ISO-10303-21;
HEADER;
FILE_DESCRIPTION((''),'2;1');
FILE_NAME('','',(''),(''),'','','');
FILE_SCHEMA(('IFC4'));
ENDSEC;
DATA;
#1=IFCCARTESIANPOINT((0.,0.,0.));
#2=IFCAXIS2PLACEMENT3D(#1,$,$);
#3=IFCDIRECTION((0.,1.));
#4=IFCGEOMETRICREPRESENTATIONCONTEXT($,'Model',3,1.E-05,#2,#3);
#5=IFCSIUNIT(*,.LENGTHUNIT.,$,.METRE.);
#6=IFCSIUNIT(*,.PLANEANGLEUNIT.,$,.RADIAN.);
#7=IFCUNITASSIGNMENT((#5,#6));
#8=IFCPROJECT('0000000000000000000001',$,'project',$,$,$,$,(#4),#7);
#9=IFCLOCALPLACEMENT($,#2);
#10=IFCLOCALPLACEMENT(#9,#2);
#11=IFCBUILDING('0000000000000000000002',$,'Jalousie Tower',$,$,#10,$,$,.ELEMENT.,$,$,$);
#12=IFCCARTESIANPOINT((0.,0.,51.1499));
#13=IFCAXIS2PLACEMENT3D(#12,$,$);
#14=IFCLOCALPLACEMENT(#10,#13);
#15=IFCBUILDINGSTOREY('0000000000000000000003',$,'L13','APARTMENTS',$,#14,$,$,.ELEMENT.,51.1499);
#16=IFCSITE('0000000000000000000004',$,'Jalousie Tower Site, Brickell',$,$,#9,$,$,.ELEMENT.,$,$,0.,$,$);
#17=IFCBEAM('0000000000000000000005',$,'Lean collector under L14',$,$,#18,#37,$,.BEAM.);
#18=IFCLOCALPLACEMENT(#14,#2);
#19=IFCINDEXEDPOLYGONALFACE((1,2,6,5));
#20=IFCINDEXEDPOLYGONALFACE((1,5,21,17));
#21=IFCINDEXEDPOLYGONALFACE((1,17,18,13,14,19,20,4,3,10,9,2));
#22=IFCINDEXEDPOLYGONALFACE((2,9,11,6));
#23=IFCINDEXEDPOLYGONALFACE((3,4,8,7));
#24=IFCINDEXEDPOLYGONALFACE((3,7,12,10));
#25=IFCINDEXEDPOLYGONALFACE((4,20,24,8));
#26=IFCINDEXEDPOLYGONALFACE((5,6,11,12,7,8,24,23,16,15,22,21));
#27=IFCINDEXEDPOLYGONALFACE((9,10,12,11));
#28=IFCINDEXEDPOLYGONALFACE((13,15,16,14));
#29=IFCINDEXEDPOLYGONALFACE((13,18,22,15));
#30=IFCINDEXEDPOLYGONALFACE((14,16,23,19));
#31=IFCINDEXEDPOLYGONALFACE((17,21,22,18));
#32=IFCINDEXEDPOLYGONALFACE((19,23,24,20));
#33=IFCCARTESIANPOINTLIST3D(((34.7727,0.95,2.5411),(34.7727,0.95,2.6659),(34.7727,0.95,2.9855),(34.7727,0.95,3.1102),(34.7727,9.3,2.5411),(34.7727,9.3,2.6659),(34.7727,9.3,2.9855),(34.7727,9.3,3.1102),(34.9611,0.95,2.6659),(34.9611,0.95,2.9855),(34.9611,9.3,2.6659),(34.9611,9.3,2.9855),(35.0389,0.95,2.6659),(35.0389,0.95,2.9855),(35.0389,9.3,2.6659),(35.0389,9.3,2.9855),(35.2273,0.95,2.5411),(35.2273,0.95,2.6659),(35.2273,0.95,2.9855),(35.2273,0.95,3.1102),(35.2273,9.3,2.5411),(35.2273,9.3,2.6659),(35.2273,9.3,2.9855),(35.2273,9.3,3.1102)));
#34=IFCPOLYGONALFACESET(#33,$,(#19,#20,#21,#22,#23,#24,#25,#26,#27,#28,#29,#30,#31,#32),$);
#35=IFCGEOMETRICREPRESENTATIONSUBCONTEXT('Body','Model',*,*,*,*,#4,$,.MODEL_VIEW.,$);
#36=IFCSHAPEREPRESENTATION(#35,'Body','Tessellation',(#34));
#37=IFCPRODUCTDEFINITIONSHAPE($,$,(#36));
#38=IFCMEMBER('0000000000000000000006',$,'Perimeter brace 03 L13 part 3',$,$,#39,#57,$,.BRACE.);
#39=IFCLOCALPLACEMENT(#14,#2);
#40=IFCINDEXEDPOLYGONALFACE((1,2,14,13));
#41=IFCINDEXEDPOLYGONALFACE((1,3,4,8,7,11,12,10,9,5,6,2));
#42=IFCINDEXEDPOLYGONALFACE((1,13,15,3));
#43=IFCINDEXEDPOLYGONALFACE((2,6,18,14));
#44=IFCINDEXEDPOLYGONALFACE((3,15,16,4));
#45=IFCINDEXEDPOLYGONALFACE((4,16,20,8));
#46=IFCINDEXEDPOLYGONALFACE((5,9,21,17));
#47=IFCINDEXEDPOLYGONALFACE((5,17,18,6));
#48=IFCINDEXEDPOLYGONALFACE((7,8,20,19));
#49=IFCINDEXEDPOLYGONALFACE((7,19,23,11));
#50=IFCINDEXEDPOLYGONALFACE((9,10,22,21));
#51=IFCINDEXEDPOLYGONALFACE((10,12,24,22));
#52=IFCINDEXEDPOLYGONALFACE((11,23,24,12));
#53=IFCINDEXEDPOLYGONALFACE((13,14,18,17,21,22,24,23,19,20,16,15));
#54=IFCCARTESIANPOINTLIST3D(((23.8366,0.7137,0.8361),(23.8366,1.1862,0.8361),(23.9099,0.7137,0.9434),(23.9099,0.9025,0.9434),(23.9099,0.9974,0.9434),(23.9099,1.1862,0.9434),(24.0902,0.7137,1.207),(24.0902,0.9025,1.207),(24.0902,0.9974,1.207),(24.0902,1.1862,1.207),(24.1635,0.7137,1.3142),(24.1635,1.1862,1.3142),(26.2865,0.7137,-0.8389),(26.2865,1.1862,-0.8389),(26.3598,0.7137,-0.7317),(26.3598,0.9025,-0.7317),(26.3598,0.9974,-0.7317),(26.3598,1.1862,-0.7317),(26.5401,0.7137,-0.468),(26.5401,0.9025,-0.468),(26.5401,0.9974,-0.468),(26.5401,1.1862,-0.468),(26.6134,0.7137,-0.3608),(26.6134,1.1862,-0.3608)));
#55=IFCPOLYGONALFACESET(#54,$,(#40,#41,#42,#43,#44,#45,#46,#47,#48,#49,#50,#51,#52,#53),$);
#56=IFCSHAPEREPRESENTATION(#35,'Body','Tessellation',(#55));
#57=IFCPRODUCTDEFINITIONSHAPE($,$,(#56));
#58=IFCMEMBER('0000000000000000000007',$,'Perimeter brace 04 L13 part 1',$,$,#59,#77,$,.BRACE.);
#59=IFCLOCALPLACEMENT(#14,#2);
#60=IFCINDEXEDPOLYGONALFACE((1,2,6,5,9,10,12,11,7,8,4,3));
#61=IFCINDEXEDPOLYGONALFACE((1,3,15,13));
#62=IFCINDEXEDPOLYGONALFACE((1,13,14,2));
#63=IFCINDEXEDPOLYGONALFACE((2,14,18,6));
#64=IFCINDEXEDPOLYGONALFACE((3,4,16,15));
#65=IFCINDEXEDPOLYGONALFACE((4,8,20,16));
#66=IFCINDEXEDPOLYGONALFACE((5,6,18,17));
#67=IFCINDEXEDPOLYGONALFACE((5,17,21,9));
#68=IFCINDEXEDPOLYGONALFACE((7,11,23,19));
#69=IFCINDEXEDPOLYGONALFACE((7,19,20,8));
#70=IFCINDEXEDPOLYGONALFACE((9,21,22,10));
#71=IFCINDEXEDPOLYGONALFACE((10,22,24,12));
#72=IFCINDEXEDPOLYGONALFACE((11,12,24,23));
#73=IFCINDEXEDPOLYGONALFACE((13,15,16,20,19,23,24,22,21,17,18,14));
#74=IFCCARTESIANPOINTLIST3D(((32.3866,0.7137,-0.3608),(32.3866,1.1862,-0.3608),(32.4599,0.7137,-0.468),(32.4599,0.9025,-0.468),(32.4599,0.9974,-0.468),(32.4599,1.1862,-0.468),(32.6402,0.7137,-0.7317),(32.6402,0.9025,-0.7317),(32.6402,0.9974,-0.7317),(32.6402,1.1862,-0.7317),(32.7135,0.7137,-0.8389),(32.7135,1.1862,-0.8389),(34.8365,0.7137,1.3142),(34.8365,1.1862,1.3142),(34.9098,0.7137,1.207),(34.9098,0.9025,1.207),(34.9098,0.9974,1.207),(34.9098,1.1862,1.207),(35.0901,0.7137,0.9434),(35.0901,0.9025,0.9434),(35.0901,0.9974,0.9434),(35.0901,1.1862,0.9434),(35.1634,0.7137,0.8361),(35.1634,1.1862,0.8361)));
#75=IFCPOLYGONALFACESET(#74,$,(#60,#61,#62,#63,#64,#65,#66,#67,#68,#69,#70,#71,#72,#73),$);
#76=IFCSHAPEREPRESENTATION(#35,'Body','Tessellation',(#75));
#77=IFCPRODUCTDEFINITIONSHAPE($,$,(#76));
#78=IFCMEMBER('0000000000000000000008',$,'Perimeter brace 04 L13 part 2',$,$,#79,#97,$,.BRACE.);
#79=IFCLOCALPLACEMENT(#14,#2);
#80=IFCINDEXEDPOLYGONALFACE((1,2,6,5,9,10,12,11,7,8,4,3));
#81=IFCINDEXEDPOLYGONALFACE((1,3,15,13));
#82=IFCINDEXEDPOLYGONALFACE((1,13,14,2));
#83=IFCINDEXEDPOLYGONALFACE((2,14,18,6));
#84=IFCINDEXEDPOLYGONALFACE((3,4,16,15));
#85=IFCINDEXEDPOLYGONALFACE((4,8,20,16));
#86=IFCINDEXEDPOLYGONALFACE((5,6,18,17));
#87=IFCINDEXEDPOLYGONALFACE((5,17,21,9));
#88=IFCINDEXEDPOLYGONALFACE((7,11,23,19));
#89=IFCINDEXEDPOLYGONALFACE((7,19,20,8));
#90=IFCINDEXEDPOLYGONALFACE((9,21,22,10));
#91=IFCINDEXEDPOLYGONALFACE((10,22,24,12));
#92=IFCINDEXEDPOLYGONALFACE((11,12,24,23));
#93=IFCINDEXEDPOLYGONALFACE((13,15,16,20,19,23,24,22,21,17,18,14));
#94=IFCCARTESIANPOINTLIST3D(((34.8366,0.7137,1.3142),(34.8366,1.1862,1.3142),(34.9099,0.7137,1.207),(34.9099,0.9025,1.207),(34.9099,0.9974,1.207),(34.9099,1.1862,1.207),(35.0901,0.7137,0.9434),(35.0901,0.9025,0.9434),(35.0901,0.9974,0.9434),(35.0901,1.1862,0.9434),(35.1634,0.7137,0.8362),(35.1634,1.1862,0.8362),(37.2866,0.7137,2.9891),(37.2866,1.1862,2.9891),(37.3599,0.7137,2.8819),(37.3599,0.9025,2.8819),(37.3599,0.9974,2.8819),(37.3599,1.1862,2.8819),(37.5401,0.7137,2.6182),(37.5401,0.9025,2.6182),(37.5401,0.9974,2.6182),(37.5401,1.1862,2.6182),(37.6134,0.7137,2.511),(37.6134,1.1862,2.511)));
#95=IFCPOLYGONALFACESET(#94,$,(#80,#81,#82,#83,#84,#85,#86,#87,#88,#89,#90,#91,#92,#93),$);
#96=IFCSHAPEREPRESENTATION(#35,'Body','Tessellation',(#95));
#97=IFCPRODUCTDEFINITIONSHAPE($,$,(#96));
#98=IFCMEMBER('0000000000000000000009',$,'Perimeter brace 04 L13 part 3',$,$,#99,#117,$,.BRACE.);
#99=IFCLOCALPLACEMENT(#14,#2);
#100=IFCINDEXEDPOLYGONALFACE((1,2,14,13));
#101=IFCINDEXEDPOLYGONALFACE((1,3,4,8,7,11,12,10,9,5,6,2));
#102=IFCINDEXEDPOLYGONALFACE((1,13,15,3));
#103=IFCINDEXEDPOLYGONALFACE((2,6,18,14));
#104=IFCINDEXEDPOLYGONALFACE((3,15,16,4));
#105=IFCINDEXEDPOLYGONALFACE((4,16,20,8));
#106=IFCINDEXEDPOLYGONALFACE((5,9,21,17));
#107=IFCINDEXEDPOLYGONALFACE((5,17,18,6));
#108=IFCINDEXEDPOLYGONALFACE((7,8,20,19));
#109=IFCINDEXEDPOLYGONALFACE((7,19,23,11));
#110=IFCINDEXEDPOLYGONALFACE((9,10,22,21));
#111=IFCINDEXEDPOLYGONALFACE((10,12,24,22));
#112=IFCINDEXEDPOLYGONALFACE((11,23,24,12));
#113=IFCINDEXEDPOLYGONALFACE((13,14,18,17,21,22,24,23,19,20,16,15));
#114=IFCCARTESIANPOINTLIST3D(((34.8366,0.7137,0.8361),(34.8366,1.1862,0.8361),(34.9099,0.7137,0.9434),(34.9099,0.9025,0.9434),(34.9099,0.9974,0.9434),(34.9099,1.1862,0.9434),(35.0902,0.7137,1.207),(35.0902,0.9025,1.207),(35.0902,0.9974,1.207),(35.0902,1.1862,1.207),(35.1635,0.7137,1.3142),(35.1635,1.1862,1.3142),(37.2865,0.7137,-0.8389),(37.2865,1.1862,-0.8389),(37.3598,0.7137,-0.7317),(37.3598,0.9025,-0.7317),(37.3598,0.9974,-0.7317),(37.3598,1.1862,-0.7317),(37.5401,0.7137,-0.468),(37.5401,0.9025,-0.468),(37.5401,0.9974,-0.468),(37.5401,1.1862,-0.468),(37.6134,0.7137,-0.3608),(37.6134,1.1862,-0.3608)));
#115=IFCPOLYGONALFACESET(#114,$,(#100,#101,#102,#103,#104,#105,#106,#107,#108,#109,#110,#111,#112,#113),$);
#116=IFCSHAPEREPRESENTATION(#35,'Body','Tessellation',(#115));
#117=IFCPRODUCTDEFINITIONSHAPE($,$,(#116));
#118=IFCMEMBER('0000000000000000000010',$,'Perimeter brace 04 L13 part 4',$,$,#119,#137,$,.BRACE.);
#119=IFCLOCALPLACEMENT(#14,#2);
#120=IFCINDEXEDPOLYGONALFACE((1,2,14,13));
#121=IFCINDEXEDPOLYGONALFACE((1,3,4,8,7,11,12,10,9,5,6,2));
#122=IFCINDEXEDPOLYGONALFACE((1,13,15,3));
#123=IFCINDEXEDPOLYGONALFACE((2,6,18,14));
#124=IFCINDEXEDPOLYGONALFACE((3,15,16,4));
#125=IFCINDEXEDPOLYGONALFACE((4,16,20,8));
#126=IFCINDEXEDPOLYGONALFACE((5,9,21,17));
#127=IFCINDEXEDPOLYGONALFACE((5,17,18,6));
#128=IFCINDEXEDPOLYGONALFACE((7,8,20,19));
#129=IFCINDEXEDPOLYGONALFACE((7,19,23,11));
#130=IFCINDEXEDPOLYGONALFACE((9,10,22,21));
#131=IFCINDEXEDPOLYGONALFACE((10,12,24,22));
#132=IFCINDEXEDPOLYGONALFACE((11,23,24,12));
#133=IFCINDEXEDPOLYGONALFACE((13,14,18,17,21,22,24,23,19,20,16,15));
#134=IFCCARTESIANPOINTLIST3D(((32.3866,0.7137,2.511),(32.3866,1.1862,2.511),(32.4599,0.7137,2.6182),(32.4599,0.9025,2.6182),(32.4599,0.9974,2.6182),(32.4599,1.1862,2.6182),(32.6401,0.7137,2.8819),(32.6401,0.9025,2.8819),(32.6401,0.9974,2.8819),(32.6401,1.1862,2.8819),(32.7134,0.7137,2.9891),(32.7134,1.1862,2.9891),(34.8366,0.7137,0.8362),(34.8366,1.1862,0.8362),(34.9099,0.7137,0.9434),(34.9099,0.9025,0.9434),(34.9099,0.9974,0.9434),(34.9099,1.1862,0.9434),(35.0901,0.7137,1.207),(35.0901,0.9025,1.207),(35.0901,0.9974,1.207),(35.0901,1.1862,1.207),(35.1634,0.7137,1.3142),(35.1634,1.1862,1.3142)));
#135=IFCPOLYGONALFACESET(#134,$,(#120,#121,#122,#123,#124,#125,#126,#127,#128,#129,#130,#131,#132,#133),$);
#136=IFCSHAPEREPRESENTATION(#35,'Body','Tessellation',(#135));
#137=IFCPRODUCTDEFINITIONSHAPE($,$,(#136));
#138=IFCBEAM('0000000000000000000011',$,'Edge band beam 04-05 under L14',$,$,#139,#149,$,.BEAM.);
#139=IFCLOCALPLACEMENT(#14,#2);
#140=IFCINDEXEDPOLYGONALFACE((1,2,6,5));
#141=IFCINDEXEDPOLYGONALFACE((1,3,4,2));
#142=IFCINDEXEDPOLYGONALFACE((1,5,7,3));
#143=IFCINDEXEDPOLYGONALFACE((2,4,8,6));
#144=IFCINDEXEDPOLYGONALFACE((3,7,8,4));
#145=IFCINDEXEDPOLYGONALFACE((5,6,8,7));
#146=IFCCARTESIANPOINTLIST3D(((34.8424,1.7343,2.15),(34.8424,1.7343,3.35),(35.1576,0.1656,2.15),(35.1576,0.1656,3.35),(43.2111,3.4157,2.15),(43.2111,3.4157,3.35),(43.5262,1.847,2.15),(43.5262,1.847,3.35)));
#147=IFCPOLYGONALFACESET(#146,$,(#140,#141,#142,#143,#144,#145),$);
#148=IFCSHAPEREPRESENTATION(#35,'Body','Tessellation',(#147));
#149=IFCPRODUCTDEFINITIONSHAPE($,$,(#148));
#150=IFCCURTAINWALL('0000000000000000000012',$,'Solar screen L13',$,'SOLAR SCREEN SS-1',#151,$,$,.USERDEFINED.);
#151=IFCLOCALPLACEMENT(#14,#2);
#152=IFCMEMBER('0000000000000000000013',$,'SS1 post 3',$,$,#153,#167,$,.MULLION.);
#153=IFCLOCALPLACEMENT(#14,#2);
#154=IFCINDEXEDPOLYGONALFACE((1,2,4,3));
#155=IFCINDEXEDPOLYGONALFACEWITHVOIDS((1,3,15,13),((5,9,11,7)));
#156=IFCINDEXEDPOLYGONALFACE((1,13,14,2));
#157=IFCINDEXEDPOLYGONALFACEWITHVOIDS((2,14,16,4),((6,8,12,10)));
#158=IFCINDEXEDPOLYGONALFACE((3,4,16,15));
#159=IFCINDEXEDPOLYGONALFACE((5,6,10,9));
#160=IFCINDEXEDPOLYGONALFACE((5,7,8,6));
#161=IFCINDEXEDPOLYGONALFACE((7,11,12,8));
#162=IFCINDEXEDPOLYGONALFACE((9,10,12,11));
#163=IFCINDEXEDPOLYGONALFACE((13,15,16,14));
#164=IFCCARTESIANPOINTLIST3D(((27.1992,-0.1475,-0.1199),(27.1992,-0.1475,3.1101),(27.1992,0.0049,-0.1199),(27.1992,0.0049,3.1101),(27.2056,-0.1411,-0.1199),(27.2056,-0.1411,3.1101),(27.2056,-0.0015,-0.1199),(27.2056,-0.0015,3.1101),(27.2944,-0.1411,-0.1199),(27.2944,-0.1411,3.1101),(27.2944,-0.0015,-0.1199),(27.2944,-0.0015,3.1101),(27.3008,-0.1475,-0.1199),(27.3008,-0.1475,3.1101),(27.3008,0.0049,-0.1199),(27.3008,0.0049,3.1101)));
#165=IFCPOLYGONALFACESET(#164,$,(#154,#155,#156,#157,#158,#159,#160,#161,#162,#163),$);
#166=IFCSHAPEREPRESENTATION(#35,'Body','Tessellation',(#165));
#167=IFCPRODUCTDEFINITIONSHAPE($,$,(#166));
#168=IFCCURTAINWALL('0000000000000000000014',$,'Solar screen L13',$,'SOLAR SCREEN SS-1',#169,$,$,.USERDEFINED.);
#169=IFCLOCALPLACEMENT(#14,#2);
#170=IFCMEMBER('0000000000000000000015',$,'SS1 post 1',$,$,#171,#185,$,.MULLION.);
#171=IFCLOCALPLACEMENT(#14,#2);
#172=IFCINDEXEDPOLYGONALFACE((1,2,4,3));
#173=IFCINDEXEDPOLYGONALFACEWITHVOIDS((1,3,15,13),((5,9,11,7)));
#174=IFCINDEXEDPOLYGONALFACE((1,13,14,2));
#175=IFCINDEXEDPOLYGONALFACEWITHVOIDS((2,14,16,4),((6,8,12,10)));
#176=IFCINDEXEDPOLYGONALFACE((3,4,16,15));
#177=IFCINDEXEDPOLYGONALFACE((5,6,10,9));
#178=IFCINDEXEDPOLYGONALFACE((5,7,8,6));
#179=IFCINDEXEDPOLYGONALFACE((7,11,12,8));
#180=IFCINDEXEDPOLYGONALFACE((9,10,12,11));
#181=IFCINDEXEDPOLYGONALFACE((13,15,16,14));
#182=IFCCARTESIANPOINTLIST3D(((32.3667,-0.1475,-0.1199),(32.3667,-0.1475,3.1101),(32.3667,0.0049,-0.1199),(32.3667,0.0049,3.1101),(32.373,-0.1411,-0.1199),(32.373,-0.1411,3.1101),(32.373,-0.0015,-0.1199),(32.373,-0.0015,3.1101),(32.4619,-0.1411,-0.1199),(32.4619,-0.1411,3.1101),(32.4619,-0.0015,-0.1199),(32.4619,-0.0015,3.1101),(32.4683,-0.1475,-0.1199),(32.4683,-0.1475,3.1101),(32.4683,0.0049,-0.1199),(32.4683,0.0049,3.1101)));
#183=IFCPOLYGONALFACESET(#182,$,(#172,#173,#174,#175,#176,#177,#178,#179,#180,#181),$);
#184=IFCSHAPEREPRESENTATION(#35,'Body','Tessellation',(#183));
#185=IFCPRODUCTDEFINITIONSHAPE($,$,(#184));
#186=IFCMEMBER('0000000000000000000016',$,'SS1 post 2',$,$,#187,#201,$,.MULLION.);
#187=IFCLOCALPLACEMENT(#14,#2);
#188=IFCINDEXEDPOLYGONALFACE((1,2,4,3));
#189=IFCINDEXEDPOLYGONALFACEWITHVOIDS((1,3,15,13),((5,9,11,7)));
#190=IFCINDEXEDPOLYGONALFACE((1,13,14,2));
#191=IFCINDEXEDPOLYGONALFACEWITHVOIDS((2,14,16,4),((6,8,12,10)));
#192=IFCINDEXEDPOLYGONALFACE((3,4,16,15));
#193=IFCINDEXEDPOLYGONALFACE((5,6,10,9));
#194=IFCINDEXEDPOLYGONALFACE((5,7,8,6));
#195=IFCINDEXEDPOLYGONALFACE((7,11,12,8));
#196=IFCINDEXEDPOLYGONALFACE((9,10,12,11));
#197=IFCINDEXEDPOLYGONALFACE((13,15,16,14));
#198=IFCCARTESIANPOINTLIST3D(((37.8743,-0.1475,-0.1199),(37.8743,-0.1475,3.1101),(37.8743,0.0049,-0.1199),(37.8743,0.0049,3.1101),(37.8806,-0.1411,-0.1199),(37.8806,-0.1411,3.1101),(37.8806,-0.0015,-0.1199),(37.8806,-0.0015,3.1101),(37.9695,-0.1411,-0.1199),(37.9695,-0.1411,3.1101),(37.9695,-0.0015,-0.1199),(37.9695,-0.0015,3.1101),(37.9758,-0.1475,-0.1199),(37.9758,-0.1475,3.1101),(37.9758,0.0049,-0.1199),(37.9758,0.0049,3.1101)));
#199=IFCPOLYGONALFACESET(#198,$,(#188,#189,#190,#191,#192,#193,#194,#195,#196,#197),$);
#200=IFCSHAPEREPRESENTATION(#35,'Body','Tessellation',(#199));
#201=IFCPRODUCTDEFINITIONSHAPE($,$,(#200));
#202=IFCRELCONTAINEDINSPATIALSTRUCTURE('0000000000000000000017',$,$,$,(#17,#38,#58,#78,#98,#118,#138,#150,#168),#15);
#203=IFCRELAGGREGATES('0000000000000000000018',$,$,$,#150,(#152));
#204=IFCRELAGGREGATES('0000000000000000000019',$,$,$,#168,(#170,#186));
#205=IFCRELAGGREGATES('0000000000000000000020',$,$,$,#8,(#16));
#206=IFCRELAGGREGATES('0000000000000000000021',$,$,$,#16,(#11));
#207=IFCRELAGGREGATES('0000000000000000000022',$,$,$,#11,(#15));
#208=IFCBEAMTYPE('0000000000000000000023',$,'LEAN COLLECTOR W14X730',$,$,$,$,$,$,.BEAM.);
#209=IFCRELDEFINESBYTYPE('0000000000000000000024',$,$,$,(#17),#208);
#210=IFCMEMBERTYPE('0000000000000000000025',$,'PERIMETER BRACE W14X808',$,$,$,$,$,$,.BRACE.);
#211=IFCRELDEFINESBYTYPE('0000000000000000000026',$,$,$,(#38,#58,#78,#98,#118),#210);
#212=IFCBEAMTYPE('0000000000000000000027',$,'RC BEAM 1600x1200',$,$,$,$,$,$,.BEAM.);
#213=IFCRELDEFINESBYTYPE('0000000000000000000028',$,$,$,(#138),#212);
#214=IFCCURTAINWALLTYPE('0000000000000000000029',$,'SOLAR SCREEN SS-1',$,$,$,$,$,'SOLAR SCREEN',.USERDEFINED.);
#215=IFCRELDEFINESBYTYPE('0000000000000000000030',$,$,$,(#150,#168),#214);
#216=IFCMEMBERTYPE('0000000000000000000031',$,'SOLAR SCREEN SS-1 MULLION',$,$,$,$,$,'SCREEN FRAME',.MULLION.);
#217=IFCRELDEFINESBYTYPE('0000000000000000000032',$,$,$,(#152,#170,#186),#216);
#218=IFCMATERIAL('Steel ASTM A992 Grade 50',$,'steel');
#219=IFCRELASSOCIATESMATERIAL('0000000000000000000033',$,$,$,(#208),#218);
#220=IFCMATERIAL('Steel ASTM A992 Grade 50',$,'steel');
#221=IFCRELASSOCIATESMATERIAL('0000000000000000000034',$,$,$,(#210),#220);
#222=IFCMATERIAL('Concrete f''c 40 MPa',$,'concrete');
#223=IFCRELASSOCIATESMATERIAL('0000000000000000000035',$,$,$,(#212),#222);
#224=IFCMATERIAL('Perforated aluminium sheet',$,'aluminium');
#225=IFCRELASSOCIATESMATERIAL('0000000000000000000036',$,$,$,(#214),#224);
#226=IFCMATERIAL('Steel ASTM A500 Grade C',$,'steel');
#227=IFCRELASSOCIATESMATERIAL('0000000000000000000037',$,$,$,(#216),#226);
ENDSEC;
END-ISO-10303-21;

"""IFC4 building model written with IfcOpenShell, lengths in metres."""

from ifc_helpers import new_model, si_unit, direction, frame, origin, origin_2d, place, context, subcontext, project, spatial, rectangle, hollow_rectangle, i_section, extrude, material, material_profile, profile_set, type_object, element, aggregate, save


model = new_model("IFC4")

# Units and contexts
model_context = context("Model", 3, precision=1e-05, world=origin(), true_north=direction((0.0, 1.0)))
body_context = subcontext(model_context, "Body", "Model", "MODEL_VIEW")
ifc_project = project(units=[si_unit("LENGTHUNIT", "METRE"), si_unit("PLANEANGLEUNIT", "RADIAN")], contexts=[model_context])

# Site, building, storey
site_placement = place(None, origin())
site = spatial("IfcSite", under=ifc_project, at=site_placement, Name="Jalousie Tower Site, Brickell", CompositionType="ELEMENT", RefElevation=0.0)
building_placement = place(site_placement, origin())
building = spatial("IfcBuilding", under=site, at=building_placement, Name="Jalousie Tower", CompositionType="ELEMENT")
storey_placement = place(building_placement, frame((0.0, 0.0, 51.1499)))
storey = spatial("IfcBuildingStorey", under=building, at=storey_placement, Name="L13", Description="APARTMENTS", CompositionType="ELEMENT", Elevation=51.1499)

# Beam
ifc_material_1 = material(Name="Steel ASTM A992 Grade 50", Category="steel")
ifc_material_profile_1 = material_profile(ifc_material_1, i_section(OverallWidth=0.4546, OverallDepth=0.5691, WebThickness=0.0779, FlangeThickness=0.1248, at=origin_2d()), Name="W14X730")
ifc_profile_set_1 = profile_set([ifc_material_profile_1], Name="Steel ASTM A992 Grade 50")
beam_type_1 = type_object("IfcBeamType", Name="LEAN COLLECTOR W14X730", PredefinedType="BEAM", material=ifc_profile_set_1)
beam_1_placement = place(storey_placement, frame((35.0, 0.95, 2.8257), z_axis=(0.0, 1.0, 0.0), x_axis=(-1.0, 0.0, 0.0)))
element("IfcBeam", 1, at=beam_1_placement, inside=storey, type_object=beam_type_1, Name="Lean collector under L14", PredefinedType="BEAM", context=body_context, shape_type="SweptSolid", body=[
    extrude(i_section(OverallWidth=0.4546, OverallDepth=0.5691, WebThickness=0.0779, FlangeThickness=0.1248, at=origin_2d()), origin(), (0.0, 0.0, 1.0), 8.3501),
])

# Members
ifc_material_2 = material(Name="Steel ASTM A992 Grade 50", Category="steel")
ifc_material_profile_2 = material_profile(ifc_material_2, i_section(OverallWidth=0.4724, OverallDepth=0.5791, WebThickness=0.095, FlangeThickness=0.1299, at=origin_2d()), Name="W14X808")
ifc_profile_set_2 = profile_set([ifc_material_profile_2], Name="Steel ASTM A992 Grade 50")
member_type_1 = type_object("IfcMemberType", Name="PERIMETER BRACE W14X808", PredefinedType="BRACE", material=ifc_profile_set_2)
for number, where, z_axis, x_axis, name in (
    (2, (26.45, 0.95, -0.5999), (-0.825501, 0.0, 0.564401), (0.0, -1.0, 0.0), "Perimeter brace 03 L13 part 3"),
    (3, (32.55, 0.95, -0.5999), (0.825501, 0.0, 0.564401), (0.0, 1.0, 0.0), "Perimeter brace 04 L13 part 1"),
    (4, (35.0, 0.95, 1.0752), (0.825539, 0.0, 0.564345), (0.0, 1.0, 0.0), "Perimeter brace 04 L13 part 2"),
    (5, (37.45, 0.95, -0.5999), (-0.825501, 0.0, 0.564401), (0.0, -1.0, 0.0), "Perimeter brace 04 L13 part 3"),
    (6, (35.0, 0.95, 1.0752), (-0.825539, 0.0, 0.564345), (0.0, -1.0, 0.0), "Perimeter brace 04 L13 part 4"),
):
    element("IfcMember", number, at=place(storey_placement, frame(where, z_axis=z_axis, x_axis=x_axis)), inside=storey, type_object=member_type_1, Name=name, PredefinedType="BRACE", context=body_context, shape_type="SweptSolid", body=[
        extrude(i_section(OverallWidth=0.4724, OverallDepth=0.5791, WebThickness=0.095, FlangeThickness=0.1299, at=origin_2d()), origin(), (0.0, 0.0, 1.0), 2.9678),
    ])

# Beam
ifc_material_3 = material(Name="Concrete f'c 40 MPa", Category="concrete")
ifc_material_profile_3 = material_profile(ifc_material_3, rectangle(XDim=1.6001, YDim=1.2, at=origin_2d()), Name="RC 1600x1200")
ifc_profile_set_3 = profile_set([ifc_material_profile_3], Name="Concrete f'c 40 MPa")
beam_type_2 = type_object("IfcBeamType", Name="RC BEAM 1600x1200", PredefinedType="BEAM", material=ifc_profile_set_3)
beam_2_placement = place(storey_placement, frame((35.0, 0.95, 2.75), z_axis=(0.980408, 0.19698, 0.0), x_axis=(-0.19698, 0.980408, 0.0)))
element("IfcBeam", 7, at=beam_2_placement, inside=storey, type_object=beam_type_2, Name="Edge band beam 04-05 under L14", PredefinedType="BEAM", context=body_context, shape_type="SweptSolid", body=[
    extrude(rectangle(XDim=1.6001, YDim=1.2, at=origin_2d()), origin(), (0.0, 0.0, 1.0), 8.5359),
])

# Curtain wall, member
ifc_material_4 = material(Name="Perforated aluminium sheet", Category="aluminium")
curtain_wall_type = type_object("IfcCurtainWallType", Name="SOLAR SCREEN SS-1", ElementType="SOLAR SCREEN", PredefinedType="USERDEFINED", material=ifc_material_4)
curtain_wall_1_placement = place(storey_placement, origin())
curtain_wall_1 = element("IfcCurtainWall", 8, at=curtain_wall_1_placement, inside=storey, type_object=curtain_wall_type, Name="Solar screen L13", ObjectType="SOLAR SCREEN SS-1", PredefinedType="USERDEFINED")
ifc_material_5 = material(Name="Steel ASTM A500 Grade C", Category="steel")
ifc_material_profile_4 = material_profile(ifc_material_5, hollow_rectangle(XDim=0.1016, YDim=0.1523, WallThickness=0.0063, at=origin_2d()), Name="HSS6X4X1/4")
ifc_profile_set_4 = profile_set([ifc_material_profile_4], Name="Steel ASTM A500 Grade C")
member_type_2 = type_object("IfcMemberType", Name="SOLAR SCREEN SS-1 MULLION", ElementType="SCREEN FRAME", PredefinedType="MULLION", material=ifc_profile_set_4)
member_1_placement = place(storey_placement, frame((27.25, -0.0713, -0.1199), z_axis=(0.0, 0.0, 1.0), x_axis=(1.0, 0.0, 0.0)))
member_1 = element("IfcMember", 9, at=member_1_placement, type_object=member_type_2, Name="SS1 post 3", PredefinedType="MULLION", context=body_context, shape_type="SweptSolid", body=[
    extrude(hollow_rectangle(XDim=0.1016, YDim=0.1523, WallThickness=0.0063, at=origin_2d()), origin(), (0.0, 0.0, 1.0), 3.23),
])
aggregate(curtain_wall_1, [member_1])

# Curtain wall, members
curtain_wall_2_placement = place(storey_placement, origin())
curtain_wall_2 = element("IfcCurtainWall", 10, at=curtain_wall_2_placement, inside=storey, type_object=curtain_wall_type, Name="Solar screen L13", ObjectType="SOLAR SCREEN SS-1", PredefinedType="USERDEFINED")
member_2_placement = place(storey_placement, frame((32.4175, -0.0713, -0.1199), z_axis=(0.0, 0.0, 1.0), x_axis=(1.0, 0.0, 0.0)))
member_2 = element("IfcMember", 11, at=member_2_placement, type_object=member_type_2, Name="SS1 post 1", PredefinedType="MULLION", context=body_context, shape_type="SweptSolid", body=[
    extrude(hollow_rectangle(XDim=0.1016, YDim=0.1523, WallThickness=0.0063, at=origin_2d()), origin(), (0.0, 0.0, 1.0), 3.23),
])
member_3_placement = place(storey_placement, frame((37.925, -0.0713, -0.1199), z_axis=(0.0, 0.0, 1.0), x_axis=(1.0, 0.0, 0.0)))
member_3 = element("IfcMember", 12, at=member_3_placement, type_object=member_type_2, Name="SS1 post 2", PredefinedType="MULLION", context=body_context, shape_type="SweptSolid", body=[
    extrude(hollow_rectangle(XDim=0.1016, YDim=0.1523, WallThickness=0.0063, at=origin_2d()), origin(), (0.0, 0.0, 1.0), 3.23),
])
aggregate(curtain_wall_2, [member_2, member_3])

save(model, "model.ifc")
